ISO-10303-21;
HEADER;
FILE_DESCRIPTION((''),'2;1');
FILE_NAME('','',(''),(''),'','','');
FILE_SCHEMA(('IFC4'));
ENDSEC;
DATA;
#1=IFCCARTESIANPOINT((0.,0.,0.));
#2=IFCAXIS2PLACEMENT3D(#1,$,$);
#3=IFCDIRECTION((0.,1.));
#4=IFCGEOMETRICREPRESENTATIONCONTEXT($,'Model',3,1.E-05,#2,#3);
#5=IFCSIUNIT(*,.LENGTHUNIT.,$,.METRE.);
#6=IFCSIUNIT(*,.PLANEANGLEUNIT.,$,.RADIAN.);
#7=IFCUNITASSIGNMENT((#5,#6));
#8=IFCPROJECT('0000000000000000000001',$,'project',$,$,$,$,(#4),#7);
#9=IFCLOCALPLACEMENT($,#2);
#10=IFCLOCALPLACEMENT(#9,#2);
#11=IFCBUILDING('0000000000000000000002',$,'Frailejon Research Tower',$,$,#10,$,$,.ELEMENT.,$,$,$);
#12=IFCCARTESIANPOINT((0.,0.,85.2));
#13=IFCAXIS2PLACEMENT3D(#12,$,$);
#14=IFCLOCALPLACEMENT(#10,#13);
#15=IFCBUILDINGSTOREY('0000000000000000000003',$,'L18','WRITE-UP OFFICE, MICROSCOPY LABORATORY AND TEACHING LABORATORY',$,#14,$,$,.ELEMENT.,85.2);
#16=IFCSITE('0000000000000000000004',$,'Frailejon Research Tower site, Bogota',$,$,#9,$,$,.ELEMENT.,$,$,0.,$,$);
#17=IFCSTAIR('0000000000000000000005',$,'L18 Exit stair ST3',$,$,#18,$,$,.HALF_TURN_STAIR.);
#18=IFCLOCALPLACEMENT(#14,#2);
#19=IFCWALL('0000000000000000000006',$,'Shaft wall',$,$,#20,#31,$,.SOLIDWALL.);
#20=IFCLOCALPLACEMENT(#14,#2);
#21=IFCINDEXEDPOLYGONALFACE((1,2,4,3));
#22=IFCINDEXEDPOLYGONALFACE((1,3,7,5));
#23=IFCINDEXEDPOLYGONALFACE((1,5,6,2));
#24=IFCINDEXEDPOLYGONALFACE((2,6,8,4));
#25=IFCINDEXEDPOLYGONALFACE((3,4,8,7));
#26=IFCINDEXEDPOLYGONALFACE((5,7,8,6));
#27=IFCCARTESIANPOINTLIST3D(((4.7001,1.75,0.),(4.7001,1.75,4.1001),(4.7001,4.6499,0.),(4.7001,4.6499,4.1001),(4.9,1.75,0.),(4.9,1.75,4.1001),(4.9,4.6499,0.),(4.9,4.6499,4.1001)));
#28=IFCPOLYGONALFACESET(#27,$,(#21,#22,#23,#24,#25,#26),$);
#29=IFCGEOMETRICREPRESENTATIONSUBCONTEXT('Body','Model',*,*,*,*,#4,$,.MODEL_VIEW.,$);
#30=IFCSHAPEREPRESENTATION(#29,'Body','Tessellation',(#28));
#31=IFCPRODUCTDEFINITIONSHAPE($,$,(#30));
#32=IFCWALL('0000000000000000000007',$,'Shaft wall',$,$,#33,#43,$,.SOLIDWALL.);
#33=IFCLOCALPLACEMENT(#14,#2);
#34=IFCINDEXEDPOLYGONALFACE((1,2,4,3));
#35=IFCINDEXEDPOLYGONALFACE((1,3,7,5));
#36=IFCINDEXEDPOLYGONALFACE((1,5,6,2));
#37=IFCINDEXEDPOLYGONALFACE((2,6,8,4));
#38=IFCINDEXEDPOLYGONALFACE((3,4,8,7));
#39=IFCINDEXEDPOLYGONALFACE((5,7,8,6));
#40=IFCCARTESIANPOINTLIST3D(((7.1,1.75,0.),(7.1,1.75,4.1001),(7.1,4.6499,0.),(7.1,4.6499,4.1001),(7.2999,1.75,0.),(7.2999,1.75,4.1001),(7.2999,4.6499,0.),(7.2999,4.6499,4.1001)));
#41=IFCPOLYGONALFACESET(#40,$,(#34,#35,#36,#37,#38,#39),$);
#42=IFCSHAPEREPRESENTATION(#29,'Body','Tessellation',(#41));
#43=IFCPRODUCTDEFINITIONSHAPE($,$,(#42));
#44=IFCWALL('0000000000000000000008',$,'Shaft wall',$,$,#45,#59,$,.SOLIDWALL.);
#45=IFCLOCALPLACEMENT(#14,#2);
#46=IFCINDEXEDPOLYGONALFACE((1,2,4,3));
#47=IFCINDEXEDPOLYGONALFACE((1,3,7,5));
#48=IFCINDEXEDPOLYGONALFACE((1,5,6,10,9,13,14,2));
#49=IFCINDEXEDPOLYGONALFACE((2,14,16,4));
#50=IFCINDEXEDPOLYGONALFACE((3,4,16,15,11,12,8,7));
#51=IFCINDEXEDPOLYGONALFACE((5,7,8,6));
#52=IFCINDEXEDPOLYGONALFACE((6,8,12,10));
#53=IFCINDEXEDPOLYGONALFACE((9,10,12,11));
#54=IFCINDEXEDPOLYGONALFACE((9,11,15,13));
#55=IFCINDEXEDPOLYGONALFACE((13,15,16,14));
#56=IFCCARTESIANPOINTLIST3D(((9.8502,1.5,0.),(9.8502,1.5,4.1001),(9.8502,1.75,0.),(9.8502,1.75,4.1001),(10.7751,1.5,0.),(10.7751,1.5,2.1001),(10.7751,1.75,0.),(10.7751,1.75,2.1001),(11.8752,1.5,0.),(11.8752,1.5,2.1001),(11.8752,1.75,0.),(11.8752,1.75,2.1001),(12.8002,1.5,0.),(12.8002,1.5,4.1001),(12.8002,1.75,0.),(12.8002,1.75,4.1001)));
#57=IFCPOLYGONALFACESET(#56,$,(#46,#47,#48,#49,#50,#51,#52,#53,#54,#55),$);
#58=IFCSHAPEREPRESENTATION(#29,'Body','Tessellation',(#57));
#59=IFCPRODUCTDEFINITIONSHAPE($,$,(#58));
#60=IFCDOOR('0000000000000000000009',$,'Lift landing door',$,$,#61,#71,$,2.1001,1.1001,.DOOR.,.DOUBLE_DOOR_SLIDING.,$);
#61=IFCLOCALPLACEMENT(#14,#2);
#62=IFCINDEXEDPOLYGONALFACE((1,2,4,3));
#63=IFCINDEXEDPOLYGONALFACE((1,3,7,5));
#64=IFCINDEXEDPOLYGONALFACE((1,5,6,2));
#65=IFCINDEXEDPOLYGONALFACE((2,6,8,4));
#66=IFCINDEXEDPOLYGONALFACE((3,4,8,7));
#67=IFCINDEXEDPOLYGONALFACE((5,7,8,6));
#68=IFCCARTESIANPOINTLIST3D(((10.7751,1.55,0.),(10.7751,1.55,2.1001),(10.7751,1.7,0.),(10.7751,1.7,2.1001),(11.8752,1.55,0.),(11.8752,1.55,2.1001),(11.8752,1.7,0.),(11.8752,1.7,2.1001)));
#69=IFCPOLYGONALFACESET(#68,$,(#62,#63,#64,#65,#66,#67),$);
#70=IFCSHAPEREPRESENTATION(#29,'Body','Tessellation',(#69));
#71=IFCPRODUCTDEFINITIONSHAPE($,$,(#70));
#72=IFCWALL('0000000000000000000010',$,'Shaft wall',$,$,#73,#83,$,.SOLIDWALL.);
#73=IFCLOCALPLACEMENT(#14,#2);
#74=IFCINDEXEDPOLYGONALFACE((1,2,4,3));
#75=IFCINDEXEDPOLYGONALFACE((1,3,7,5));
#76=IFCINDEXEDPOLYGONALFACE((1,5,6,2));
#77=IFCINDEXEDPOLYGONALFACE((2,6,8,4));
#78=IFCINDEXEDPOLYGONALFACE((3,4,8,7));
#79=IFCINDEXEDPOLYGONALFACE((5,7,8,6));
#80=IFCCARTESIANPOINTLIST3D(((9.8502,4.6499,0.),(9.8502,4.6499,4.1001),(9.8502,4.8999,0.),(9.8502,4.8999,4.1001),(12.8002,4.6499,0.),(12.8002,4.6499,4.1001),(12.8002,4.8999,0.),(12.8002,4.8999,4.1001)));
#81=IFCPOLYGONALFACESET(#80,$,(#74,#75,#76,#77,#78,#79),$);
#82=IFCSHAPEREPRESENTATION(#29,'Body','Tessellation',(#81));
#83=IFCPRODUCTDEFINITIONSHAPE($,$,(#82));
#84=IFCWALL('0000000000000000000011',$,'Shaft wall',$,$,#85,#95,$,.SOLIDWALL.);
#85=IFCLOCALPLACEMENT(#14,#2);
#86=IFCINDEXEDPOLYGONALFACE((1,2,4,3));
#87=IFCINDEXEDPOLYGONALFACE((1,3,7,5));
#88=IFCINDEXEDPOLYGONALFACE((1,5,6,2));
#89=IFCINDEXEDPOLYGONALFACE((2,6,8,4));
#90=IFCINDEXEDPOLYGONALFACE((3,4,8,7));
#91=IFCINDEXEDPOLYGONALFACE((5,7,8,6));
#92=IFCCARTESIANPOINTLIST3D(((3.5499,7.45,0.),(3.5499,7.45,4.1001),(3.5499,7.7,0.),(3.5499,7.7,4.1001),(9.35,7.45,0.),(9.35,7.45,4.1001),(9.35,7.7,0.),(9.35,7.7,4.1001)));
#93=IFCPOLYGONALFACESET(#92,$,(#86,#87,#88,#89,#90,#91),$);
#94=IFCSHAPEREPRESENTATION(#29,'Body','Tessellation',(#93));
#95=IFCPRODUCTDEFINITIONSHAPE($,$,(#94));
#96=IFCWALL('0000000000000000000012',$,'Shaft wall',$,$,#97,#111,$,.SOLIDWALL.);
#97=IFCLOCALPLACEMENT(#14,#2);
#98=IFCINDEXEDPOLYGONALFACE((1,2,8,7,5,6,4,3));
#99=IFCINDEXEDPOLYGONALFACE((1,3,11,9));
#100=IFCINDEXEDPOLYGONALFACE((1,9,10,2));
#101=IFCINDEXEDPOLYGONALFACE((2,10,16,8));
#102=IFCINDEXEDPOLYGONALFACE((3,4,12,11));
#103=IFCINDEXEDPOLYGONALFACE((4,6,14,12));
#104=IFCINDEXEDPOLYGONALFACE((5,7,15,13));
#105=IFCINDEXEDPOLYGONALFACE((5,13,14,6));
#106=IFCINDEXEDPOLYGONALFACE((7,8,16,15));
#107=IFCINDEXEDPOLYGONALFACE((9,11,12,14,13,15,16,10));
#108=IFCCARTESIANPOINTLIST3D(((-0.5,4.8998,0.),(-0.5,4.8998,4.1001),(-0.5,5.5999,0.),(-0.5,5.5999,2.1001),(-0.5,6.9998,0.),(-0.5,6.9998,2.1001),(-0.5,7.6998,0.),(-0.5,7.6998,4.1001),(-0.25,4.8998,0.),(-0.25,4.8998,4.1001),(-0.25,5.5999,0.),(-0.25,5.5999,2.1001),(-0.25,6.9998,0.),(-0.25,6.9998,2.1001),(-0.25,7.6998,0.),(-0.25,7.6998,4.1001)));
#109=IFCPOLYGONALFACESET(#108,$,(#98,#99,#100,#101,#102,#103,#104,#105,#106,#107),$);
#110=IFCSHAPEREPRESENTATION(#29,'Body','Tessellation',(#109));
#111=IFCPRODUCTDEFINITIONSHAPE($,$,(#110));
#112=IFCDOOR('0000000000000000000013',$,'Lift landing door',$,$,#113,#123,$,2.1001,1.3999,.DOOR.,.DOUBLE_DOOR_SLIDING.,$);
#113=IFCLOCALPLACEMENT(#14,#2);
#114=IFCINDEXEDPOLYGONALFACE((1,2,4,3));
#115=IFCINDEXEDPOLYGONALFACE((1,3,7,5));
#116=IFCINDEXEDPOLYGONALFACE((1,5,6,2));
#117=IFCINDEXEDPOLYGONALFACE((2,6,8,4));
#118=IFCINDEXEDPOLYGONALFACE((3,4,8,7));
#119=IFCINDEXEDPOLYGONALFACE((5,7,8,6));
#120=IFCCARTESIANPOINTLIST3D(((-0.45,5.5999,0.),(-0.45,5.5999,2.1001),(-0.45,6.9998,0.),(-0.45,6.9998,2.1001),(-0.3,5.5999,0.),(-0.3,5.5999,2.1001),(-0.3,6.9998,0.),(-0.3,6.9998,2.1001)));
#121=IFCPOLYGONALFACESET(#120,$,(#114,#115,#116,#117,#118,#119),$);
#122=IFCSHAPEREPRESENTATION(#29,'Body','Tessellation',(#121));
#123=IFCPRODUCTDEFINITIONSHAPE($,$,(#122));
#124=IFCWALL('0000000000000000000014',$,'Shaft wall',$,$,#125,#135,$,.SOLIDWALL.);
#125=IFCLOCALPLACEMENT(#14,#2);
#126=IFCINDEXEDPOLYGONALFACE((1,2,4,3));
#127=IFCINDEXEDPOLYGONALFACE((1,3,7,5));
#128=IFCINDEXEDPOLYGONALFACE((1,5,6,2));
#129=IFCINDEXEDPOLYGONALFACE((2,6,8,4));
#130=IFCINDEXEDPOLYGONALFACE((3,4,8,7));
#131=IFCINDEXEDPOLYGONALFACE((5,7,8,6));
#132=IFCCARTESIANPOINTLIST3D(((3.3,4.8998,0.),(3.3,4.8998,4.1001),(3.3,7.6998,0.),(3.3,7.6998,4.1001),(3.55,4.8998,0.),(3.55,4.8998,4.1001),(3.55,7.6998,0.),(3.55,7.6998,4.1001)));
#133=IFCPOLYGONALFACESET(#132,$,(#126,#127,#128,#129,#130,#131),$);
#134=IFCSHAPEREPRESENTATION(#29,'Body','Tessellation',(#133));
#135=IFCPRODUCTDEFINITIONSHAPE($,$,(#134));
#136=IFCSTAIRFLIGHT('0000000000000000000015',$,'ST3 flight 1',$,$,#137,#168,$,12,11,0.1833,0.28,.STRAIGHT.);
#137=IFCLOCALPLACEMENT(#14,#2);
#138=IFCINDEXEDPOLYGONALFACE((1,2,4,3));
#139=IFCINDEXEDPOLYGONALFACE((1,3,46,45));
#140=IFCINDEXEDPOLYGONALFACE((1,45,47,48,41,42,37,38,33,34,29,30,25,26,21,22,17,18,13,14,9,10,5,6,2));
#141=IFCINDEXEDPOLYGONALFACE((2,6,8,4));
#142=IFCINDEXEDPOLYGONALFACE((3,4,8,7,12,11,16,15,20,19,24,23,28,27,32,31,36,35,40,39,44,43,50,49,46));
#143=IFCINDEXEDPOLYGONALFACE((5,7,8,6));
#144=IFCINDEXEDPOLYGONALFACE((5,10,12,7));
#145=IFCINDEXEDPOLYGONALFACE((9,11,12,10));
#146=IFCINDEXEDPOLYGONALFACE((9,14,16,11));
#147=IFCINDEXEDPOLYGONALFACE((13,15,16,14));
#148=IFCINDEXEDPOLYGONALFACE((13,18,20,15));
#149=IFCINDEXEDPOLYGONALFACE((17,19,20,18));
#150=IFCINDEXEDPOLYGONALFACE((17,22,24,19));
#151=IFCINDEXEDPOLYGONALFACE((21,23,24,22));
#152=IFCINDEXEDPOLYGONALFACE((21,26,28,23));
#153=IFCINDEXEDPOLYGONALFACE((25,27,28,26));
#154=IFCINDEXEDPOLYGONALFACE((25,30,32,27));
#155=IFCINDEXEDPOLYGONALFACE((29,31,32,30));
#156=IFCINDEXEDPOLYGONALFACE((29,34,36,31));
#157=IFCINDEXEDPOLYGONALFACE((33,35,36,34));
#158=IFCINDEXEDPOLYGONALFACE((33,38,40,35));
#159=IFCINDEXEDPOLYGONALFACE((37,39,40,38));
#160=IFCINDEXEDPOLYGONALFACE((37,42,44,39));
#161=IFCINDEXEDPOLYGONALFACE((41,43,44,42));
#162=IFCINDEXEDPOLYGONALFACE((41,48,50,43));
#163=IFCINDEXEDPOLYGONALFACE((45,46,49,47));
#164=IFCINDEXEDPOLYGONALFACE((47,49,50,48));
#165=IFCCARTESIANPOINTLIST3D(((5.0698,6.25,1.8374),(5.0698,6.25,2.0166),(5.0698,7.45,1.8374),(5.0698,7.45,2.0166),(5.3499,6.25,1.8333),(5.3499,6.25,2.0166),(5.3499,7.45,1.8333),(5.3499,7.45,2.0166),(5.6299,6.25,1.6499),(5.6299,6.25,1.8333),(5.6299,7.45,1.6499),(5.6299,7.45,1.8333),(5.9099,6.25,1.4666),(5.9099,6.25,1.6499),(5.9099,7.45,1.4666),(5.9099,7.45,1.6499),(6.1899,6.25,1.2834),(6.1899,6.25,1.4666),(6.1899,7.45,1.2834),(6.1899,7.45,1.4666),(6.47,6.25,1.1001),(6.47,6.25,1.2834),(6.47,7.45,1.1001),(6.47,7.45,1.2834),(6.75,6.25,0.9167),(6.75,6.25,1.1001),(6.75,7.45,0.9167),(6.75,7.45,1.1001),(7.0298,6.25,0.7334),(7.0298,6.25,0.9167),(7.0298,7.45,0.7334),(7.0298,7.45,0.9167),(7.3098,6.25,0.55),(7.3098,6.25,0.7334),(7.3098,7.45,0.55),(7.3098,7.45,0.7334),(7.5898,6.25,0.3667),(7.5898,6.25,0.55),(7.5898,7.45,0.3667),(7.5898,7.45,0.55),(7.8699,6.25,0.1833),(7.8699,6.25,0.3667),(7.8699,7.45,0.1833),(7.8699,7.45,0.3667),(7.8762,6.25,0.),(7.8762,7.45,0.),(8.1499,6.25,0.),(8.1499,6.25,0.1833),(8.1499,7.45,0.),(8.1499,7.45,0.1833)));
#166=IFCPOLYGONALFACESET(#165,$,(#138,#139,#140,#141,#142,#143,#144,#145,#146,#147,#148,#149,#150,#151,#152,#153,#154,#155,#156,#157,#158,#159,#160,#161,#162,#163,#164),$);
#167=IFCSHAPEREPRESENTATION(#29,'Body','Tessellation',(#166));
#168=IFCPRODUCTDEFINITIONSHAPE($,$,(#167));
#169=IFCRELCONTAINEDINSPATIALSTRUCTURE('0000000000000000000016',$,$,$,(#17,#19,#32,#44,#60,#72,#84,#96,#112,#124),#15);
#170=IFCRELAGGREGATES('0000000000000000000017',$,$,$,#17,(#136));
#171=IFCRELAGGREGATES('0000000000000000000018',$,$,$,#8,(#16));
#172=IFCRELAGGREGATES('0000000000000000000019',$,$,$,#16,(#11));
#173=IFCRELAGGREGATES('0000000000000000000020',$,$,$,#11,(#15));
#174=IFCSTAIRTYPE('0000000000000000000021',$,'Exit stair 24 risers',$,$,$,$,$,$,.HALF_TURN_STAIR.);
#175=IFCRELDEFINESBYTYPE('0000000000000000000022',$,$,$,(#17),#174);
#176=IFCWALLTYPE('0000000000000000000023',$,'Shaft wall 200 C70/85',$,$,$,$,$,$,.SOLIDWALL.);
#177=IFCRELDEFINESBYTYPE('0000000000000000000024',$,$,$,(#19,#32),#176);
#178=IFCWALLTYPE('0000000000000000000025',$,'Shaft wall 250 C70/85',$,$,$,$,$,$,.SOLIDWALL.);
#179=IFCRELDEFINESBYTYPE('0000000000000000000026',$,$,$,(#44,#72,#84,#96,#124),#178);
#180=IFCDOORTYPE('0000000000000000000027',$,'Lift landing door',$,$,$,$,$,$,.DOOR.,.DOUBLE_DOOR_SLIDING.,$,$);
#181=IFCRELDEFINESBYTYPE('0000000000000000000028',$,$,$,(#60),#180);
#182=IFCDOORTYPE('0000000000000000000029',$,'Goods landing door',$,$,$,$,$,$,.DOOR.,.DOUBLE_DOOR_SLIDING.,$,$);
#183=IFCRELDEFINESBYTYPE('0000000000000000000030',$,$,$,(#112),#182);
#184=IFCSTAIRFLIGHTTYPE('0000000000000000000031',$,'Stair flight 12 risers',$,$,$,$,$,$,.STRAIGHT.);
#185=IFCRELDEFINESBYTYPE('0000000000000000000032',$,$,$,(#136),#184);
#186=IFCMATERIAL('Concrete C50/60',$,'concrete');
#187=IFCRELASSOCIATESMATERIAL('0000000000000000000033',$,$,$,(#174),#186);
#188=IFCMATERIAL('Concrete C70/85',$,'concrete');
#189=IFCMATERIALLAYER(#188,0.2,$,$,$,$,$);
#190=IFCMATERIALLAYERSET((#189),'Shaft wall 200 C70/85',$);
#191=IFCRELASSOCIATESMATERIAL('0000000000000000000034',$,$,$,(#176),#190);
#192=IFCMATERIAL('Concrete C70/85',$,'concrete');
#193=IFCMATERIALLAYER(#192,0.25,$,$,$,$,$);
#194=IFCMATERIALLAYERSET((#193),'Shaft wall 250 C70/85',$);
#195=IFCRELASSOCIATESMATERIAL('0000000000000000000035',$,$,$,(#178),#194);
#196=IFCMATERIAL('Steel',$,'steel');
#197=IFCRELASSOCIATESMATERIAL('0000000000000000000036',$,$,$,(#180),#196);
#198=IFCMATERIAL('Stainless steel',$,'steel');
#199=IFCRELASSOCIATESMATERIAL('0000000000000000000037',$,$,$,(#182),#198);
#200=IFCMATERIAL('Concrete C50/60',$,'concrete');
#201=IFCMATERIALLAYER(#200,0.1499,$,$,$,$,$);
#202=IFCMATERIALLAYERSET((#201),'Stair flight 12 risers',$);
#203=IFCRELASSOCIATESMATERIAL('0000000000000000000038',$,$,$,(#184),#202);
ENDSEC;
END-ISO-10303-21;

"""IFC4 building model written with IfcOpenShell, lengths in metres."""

from ifc_helpers import new_model, si_unit, direction, frame, frame_2d, origin, place, context, subcontext, project, spatial, polyline, rectangle, outline, extrude, material, layer, layer_set, type_object, element, fill, aggregate, save


model = new_model("IFC4")

# Units and contexts
model_context = context("Model", 3, precision=1e-05, world=origin(), true_north=direction((0.0, 1.0)))
body_context = subcontext(model_context, "Body", "Model", "MODEL_VIEW")
ifc_project = project(units=[si_unit("LENGTHUNIT", "METRE"), si_unit("PLANEANGLEUNIT", "RADIAN")], contexts=[model_context])

# Site, building, storey
site_placement = place(None, origin())
site = spatial("IfcSite", under=ifc_project, at=site_placement, Name="Frailejon Research Tower site, Bogota", CompositionType="ELEMENT", RefElevation=0.0)
building_placement = place(site_placement, origin())
building = spatial("IfcBuilding", under=site, at=building_placement, Name="Frailejon Research Tower", CompositionType="ELEMENT")
storey_placement = place(building_placement, frame((0.0, 0.0, 85.2)))
storey = spatial("IfcBuildingStorey", under=building, at=storey_placement, Name="L18", Description="WRITE-UP OFFICE, MICROSCOPY LABORATORY AND TEACHING LABORATORY", CompositionType="ELEMENT", Elevation=85.2)

# Stair
ifc_material_1 = material(Name="Concrete C50/60", Category="concrete")
stair_type = type_object("IfcStairType", Name="Exit stair 24 risers", PredefinedType="HALF_TURN_STAIR", material=ifc_material_1)
stair_1_placement = place(storey_placement, origin())
stair_1 = element("IfcStair", 1, at=stair_1_placement, inside=storey, type_object=stair_type, Name="L18 Exit stair ST3", PredefinedType="HALF_TURN_STAIR")

# Walls
ifc_material_2 = material(Name="Concrete C70/85", Category="concrete")
ifc_layer_1 = layer(ifc_material_2, 0.2)
ifc_layer_set_1 = layer_set([ifc_layer_1], Name="Shaft wall 200 C70/85")
wall_type_1 = type_object("IfcWallType", Name="Shaft wall 200 C70/85", PredefinedType="SOLIDWALL", material=ifc_layer_set_1)
for number, where, z_axis, x_axis, name in (
    (2, (4.8, 1.75, 0.0), (0.0, 0.0, 1.0), (0.0, 1.0, 0.0), "Shaft wall"),
    (3, (7.2, 1.75, 0.0), (0.0, 0.0, 1.0), (0.0, 1.0, 0.0), "Shaft wall"),
):
    element("IfcWall", number, at=place(storey_placement, frame(where, z_axis=z_axis, x_axis=x_axis)), inside=storey, type_object=wall_type_1, Name=name, PredefinedType="SOLIDWALL", context=body_context, shape_type="SweptSolid", body=[
        extrude(rectangle(XDim=2.8999, YDim=0.2, at=frame_2d((1.45, 0.0))), origin(), (0.0, 0.0, 1.0), 4.1001),
    ])

# Wall, opening, door
ifc_material_3 = material(Name="Concrete C70/85", Category="concrete")
ifc_layer_2 = layer(ifc_material_3, 0.25)
ifc_layer_set_2 = layer_set([ifc_layer_2], Name="Shaft wall 250 C70/85")
wall_type_2 = type_object("IfcWallType", Name="Shaft wall 250 C70/85", PredefinedType="SOLIDWALL", material=ifc_layer_set_2)
wall_1_placement = place(storey_placement, frame((9.8501, 1.625, 0.0), z_axis=(0.0, 0.0, 1.0), x_axis=(1.0, 0.0, 0.0)))
wall_1 = element("IfcWall", 4, at=wall_1_placement, inside=storey, type_object=wall_type_2, Name="Shaft wall", PredefinedType="SOLIDWALL", context=body_context, shape_type="SweptSolid", body=[
    extrude(rectangle(XDim=2.95, YDim=0.25, at=frame_2d((1.4751, 0.0))), origin(), (0.0, 0.0, 1.0), 4.1001),
])
opening_1_placement = place(wall_1_placement, frame((0.925, 0.0, 0.0)))
opening_1 = element("IfcOpeningElement", 5, at=opening_1_placement, cuts=wall_1, PredefinedType="OPENING", context=body_context, shape_type="SweptSolid", body=[
    extrude(rectangle(XDim=1.1001, YDim=2.1001, at=frame_2d((0.55, 1.05))), frame((0.0, 0.135, 0.0), z_axis=(0.0, -1.0, 0.0), x_axis=(1.0, 0.0, 0.0)), (0.0, 0.0, 1.0), 0.27),
])
ifc_material_4 = material(Name="Steel", Category="steel")
door_type_1 = type_object("IfcDoorType", Name="Lift landing door", OperationType="DOUBLE_DOOR_SLIDING", PredefinedType="DOOR", material=ifc_material_4)
door_1_placement = place(opening_1_placement, origin())
door_1 = element("IfcDoor", 6, at=door_1_placement, inside=storey, type_object=door_type_1, Name="Lift landing door", OperationType="DOUBLE_DOOR_SLIDING", OverallHeight=2.1001, OverallWidth=1.1001, PredefinedType="DOOR", context=body_context, shape_type="SweptSolid", body=[
    extrude(rectangle(XDim=1.1001, YDim=2.1001, at=frame_2d((0.55, 1.05))), frame((0.0, 0.075, 0.0), z_axis=(0.0, -1.0, 0.0), x_axis=(1.0, 0.0, 0.0)), (0.0, 0.0, 1.0), 0.1499),
])
fill(opening_1, door_1)

# Walls
wall_2_placement = place(storey_placement, frame((9.8501, 4.7749, 0.0), z_axis=(0.0, 0.0, 1.0), x_axis=(1.0, 0.0, 0.0)))
element("IfcWall", 7, at=wall_2_placement, inside=storey, type_object=wall_type_2, Name="Shaft wall", PredefinedType="SOLIDWALL", context=body_context, shape_type="SweptSolid", body=[
    extrude(rectangle(XDim=2.95, YDim=0.25, at=frame_2d((1.4751, 0.0))), origin(), (0.0, 0.0, 1.0), 4.1001),
])
wall_3_placement = place(storey_placement, frame((3.55, 7.575, 0.0), z_axis=(0.0, 0.0, 1.0), x_axis=(1.0, 0.0, 0.0)))
element("IfcWall", 8, at=wall_3_placement, inside=storey, type_object=wall_type_2, Name="Shaft wall", PredefinedType="SOLIDWALL", context=body_context, shape_type="SweptSolid", body=[
    extrude(rectangle(XDim=5.8, YDim=0.25, at=frame_2d((2.8999, 0.0))), origin(), (0.0, 0.0, 1.0), 4.1001),
])

# Wall, opening, door
wall_4_placement = place(storey_placement, frame((-0.375, 4.8999, 0.0), z_axis=(0.0, 0.0, 1.0), x_axis=(0.0, 1.0, 0.0)))
wall_4 = element("IfcWall", 9, at=wall_4_placement, inside=storey, type_object=wall_type_2, Name="Shaft wall", PredefinedType="SOLIDWALL", context=body_context, shape_type="SweptSolid", body=[
    extrude(rectangle(XDim=2.8, YDim=0.25, at=frame_2d((1.3999, 0.0))), origin(), (0.0, 0.0, 1.0), 4.1001),
])
opening_2_placement = place(wall_4_placement, frame((0.7, 0.0, 0.0)))
opening_2 = element("IfcOpeningElement", 10, at=opening_2_placement, cuts=wall_4, PredefinedType="OPENING", context=body_context, shape_type="SweptSolid", body=[
    extrude(rectangle(XDim=1.3999, YDim=2.1001, at=frame_2d((0.7, 1.05))), frame((0.0, 0.135, 0.0), z_axis=(0.0, -1.0, 0.0), x_axis=(1.0, 0.0, 0.0)), (0.0, 0.0, 1.0), 0.27),
])
ifc_material_5 = material(Name="Stainless steel", Category="steel")
door_type_2 = type_object("IfcDoorType", Name="Goods landing door", OperationType="DOUBLE_DOOR_SLIDING", PredefinedType="DOOR", material=ifc_material_5)
door_2_placement = place(opening_2_placement, origin())
door_2 = element("IfcDoor", 11, at=door_2_placement, inside=storey, type_object=door_type_2, Name="Lift landing door", OperationType="DOUBLE_DOOR_SLIDING", OverallHeight=2.1001, OverallWidth=1.3999, PredefinedType="DOOR", context=body_context, shape_type="SweptSolid", body=[
    extrude(rectangle(XDim=1.3999, YDim=2.1001, at=frame_2d((0.7, 1.05))), frame((0.0, 0.075, 0.0), z_axis=(0.0, -1.0, 0.0), x_axis=(1.0, 0.0, 0.0)), (0.0, 0.0, 1.0), 0.1499),
])
fill(opening_2, door_2)

# Wall
wall_5_placement = place(storey_placement, frame((3.425, 4.8999, 0.0), z_axis=(0.0, 0.0, 1.0), x_axis=(0.0, 1.0, 0.0)))
element("IfcWall", 12, at=wall_5_placement, inside=storey, type_object=wall_type_2, Name="Shaft wall", PredefinedType="SOLIDWALL", context=body_context, shape_type="SweptSolid", body=[
    extrude(rectangle(XDim=2.8, YDim=0.25, at=frame_2d((1.3999, 0.0))), origin(), (0.0, 0.0, 1.0), 4.1001),
])

# Stair flight
ifc_material_6 = material(Name="Concrete C50/60", Category="concrete")
ifc_layer_3 = layer(ifc_material_6, 0.1499)
ifc_layer_set_3 = layer_set([ifc_layer_3], Name="Stair flight 12 risers")
stair_flight_type = type_object("IfcStairFlightType", Name="Stair flight 12 risers", PredefinedType="STRAIGHT", material=ifc_layer_set_3)
stair_flight_1_placement = place(storey_placement, frame((8.1499, 6.8501, 0.0), z_axis=(0.0, 0.0, 1.0), x_axis=(-1.0, 0.0, 0.0)))
stair_flight_1 = element("IfcStairFlight", 13, at=stair_flight_1_placement, type_object=stair_flight_type, Name="ST3 flight 1", NumberOfRisers=12, NumberOfTreads=11, PredefinedType="STRAIGHT", RiserHeight=0.1833, TreadLength=0.28, context=body_context, shape_type="SweptSolid", body=[
    extrude(outline(polyline([(0.0, 0.0), (0.0, 0.1833), (0.28, 0.1833), (0.28, 0.3667), (0.5601, 0.3667), (0.5601, 0.55), (0.8401, 0.55), (0.8401, 0.7334), (1.1201, 0.7334), (1.1201, 0.9167), (1.3999, 0.9167), (1.3999, 1.1001), (1.6799, 1.1001), (1.6799, 1.2834), (1.96, 1.2834), (1.96, 1.4666), (2.24, 1.4666), (2.24, 1.6499), (2.52, 1.6499), (2.52, 1.8333), (2.8, 1.8333), (2.8, 2.0166), (3.0801, 2.0166), (3.0801, 2.2), (3.0801, 1.8374), (0.2737, 0.0), (0.0, 0.0)])), frame((0.0, 0.6001, 0.0), z_axis=(0.0, -1.0, 0.0), x_axis=(1.0, 0.0, 0.0)), (0.0, 0.0, 1.0), 1.2),
])
aggregate(stair_1, [stair_flight_1])

save(model, "model.ifc")
